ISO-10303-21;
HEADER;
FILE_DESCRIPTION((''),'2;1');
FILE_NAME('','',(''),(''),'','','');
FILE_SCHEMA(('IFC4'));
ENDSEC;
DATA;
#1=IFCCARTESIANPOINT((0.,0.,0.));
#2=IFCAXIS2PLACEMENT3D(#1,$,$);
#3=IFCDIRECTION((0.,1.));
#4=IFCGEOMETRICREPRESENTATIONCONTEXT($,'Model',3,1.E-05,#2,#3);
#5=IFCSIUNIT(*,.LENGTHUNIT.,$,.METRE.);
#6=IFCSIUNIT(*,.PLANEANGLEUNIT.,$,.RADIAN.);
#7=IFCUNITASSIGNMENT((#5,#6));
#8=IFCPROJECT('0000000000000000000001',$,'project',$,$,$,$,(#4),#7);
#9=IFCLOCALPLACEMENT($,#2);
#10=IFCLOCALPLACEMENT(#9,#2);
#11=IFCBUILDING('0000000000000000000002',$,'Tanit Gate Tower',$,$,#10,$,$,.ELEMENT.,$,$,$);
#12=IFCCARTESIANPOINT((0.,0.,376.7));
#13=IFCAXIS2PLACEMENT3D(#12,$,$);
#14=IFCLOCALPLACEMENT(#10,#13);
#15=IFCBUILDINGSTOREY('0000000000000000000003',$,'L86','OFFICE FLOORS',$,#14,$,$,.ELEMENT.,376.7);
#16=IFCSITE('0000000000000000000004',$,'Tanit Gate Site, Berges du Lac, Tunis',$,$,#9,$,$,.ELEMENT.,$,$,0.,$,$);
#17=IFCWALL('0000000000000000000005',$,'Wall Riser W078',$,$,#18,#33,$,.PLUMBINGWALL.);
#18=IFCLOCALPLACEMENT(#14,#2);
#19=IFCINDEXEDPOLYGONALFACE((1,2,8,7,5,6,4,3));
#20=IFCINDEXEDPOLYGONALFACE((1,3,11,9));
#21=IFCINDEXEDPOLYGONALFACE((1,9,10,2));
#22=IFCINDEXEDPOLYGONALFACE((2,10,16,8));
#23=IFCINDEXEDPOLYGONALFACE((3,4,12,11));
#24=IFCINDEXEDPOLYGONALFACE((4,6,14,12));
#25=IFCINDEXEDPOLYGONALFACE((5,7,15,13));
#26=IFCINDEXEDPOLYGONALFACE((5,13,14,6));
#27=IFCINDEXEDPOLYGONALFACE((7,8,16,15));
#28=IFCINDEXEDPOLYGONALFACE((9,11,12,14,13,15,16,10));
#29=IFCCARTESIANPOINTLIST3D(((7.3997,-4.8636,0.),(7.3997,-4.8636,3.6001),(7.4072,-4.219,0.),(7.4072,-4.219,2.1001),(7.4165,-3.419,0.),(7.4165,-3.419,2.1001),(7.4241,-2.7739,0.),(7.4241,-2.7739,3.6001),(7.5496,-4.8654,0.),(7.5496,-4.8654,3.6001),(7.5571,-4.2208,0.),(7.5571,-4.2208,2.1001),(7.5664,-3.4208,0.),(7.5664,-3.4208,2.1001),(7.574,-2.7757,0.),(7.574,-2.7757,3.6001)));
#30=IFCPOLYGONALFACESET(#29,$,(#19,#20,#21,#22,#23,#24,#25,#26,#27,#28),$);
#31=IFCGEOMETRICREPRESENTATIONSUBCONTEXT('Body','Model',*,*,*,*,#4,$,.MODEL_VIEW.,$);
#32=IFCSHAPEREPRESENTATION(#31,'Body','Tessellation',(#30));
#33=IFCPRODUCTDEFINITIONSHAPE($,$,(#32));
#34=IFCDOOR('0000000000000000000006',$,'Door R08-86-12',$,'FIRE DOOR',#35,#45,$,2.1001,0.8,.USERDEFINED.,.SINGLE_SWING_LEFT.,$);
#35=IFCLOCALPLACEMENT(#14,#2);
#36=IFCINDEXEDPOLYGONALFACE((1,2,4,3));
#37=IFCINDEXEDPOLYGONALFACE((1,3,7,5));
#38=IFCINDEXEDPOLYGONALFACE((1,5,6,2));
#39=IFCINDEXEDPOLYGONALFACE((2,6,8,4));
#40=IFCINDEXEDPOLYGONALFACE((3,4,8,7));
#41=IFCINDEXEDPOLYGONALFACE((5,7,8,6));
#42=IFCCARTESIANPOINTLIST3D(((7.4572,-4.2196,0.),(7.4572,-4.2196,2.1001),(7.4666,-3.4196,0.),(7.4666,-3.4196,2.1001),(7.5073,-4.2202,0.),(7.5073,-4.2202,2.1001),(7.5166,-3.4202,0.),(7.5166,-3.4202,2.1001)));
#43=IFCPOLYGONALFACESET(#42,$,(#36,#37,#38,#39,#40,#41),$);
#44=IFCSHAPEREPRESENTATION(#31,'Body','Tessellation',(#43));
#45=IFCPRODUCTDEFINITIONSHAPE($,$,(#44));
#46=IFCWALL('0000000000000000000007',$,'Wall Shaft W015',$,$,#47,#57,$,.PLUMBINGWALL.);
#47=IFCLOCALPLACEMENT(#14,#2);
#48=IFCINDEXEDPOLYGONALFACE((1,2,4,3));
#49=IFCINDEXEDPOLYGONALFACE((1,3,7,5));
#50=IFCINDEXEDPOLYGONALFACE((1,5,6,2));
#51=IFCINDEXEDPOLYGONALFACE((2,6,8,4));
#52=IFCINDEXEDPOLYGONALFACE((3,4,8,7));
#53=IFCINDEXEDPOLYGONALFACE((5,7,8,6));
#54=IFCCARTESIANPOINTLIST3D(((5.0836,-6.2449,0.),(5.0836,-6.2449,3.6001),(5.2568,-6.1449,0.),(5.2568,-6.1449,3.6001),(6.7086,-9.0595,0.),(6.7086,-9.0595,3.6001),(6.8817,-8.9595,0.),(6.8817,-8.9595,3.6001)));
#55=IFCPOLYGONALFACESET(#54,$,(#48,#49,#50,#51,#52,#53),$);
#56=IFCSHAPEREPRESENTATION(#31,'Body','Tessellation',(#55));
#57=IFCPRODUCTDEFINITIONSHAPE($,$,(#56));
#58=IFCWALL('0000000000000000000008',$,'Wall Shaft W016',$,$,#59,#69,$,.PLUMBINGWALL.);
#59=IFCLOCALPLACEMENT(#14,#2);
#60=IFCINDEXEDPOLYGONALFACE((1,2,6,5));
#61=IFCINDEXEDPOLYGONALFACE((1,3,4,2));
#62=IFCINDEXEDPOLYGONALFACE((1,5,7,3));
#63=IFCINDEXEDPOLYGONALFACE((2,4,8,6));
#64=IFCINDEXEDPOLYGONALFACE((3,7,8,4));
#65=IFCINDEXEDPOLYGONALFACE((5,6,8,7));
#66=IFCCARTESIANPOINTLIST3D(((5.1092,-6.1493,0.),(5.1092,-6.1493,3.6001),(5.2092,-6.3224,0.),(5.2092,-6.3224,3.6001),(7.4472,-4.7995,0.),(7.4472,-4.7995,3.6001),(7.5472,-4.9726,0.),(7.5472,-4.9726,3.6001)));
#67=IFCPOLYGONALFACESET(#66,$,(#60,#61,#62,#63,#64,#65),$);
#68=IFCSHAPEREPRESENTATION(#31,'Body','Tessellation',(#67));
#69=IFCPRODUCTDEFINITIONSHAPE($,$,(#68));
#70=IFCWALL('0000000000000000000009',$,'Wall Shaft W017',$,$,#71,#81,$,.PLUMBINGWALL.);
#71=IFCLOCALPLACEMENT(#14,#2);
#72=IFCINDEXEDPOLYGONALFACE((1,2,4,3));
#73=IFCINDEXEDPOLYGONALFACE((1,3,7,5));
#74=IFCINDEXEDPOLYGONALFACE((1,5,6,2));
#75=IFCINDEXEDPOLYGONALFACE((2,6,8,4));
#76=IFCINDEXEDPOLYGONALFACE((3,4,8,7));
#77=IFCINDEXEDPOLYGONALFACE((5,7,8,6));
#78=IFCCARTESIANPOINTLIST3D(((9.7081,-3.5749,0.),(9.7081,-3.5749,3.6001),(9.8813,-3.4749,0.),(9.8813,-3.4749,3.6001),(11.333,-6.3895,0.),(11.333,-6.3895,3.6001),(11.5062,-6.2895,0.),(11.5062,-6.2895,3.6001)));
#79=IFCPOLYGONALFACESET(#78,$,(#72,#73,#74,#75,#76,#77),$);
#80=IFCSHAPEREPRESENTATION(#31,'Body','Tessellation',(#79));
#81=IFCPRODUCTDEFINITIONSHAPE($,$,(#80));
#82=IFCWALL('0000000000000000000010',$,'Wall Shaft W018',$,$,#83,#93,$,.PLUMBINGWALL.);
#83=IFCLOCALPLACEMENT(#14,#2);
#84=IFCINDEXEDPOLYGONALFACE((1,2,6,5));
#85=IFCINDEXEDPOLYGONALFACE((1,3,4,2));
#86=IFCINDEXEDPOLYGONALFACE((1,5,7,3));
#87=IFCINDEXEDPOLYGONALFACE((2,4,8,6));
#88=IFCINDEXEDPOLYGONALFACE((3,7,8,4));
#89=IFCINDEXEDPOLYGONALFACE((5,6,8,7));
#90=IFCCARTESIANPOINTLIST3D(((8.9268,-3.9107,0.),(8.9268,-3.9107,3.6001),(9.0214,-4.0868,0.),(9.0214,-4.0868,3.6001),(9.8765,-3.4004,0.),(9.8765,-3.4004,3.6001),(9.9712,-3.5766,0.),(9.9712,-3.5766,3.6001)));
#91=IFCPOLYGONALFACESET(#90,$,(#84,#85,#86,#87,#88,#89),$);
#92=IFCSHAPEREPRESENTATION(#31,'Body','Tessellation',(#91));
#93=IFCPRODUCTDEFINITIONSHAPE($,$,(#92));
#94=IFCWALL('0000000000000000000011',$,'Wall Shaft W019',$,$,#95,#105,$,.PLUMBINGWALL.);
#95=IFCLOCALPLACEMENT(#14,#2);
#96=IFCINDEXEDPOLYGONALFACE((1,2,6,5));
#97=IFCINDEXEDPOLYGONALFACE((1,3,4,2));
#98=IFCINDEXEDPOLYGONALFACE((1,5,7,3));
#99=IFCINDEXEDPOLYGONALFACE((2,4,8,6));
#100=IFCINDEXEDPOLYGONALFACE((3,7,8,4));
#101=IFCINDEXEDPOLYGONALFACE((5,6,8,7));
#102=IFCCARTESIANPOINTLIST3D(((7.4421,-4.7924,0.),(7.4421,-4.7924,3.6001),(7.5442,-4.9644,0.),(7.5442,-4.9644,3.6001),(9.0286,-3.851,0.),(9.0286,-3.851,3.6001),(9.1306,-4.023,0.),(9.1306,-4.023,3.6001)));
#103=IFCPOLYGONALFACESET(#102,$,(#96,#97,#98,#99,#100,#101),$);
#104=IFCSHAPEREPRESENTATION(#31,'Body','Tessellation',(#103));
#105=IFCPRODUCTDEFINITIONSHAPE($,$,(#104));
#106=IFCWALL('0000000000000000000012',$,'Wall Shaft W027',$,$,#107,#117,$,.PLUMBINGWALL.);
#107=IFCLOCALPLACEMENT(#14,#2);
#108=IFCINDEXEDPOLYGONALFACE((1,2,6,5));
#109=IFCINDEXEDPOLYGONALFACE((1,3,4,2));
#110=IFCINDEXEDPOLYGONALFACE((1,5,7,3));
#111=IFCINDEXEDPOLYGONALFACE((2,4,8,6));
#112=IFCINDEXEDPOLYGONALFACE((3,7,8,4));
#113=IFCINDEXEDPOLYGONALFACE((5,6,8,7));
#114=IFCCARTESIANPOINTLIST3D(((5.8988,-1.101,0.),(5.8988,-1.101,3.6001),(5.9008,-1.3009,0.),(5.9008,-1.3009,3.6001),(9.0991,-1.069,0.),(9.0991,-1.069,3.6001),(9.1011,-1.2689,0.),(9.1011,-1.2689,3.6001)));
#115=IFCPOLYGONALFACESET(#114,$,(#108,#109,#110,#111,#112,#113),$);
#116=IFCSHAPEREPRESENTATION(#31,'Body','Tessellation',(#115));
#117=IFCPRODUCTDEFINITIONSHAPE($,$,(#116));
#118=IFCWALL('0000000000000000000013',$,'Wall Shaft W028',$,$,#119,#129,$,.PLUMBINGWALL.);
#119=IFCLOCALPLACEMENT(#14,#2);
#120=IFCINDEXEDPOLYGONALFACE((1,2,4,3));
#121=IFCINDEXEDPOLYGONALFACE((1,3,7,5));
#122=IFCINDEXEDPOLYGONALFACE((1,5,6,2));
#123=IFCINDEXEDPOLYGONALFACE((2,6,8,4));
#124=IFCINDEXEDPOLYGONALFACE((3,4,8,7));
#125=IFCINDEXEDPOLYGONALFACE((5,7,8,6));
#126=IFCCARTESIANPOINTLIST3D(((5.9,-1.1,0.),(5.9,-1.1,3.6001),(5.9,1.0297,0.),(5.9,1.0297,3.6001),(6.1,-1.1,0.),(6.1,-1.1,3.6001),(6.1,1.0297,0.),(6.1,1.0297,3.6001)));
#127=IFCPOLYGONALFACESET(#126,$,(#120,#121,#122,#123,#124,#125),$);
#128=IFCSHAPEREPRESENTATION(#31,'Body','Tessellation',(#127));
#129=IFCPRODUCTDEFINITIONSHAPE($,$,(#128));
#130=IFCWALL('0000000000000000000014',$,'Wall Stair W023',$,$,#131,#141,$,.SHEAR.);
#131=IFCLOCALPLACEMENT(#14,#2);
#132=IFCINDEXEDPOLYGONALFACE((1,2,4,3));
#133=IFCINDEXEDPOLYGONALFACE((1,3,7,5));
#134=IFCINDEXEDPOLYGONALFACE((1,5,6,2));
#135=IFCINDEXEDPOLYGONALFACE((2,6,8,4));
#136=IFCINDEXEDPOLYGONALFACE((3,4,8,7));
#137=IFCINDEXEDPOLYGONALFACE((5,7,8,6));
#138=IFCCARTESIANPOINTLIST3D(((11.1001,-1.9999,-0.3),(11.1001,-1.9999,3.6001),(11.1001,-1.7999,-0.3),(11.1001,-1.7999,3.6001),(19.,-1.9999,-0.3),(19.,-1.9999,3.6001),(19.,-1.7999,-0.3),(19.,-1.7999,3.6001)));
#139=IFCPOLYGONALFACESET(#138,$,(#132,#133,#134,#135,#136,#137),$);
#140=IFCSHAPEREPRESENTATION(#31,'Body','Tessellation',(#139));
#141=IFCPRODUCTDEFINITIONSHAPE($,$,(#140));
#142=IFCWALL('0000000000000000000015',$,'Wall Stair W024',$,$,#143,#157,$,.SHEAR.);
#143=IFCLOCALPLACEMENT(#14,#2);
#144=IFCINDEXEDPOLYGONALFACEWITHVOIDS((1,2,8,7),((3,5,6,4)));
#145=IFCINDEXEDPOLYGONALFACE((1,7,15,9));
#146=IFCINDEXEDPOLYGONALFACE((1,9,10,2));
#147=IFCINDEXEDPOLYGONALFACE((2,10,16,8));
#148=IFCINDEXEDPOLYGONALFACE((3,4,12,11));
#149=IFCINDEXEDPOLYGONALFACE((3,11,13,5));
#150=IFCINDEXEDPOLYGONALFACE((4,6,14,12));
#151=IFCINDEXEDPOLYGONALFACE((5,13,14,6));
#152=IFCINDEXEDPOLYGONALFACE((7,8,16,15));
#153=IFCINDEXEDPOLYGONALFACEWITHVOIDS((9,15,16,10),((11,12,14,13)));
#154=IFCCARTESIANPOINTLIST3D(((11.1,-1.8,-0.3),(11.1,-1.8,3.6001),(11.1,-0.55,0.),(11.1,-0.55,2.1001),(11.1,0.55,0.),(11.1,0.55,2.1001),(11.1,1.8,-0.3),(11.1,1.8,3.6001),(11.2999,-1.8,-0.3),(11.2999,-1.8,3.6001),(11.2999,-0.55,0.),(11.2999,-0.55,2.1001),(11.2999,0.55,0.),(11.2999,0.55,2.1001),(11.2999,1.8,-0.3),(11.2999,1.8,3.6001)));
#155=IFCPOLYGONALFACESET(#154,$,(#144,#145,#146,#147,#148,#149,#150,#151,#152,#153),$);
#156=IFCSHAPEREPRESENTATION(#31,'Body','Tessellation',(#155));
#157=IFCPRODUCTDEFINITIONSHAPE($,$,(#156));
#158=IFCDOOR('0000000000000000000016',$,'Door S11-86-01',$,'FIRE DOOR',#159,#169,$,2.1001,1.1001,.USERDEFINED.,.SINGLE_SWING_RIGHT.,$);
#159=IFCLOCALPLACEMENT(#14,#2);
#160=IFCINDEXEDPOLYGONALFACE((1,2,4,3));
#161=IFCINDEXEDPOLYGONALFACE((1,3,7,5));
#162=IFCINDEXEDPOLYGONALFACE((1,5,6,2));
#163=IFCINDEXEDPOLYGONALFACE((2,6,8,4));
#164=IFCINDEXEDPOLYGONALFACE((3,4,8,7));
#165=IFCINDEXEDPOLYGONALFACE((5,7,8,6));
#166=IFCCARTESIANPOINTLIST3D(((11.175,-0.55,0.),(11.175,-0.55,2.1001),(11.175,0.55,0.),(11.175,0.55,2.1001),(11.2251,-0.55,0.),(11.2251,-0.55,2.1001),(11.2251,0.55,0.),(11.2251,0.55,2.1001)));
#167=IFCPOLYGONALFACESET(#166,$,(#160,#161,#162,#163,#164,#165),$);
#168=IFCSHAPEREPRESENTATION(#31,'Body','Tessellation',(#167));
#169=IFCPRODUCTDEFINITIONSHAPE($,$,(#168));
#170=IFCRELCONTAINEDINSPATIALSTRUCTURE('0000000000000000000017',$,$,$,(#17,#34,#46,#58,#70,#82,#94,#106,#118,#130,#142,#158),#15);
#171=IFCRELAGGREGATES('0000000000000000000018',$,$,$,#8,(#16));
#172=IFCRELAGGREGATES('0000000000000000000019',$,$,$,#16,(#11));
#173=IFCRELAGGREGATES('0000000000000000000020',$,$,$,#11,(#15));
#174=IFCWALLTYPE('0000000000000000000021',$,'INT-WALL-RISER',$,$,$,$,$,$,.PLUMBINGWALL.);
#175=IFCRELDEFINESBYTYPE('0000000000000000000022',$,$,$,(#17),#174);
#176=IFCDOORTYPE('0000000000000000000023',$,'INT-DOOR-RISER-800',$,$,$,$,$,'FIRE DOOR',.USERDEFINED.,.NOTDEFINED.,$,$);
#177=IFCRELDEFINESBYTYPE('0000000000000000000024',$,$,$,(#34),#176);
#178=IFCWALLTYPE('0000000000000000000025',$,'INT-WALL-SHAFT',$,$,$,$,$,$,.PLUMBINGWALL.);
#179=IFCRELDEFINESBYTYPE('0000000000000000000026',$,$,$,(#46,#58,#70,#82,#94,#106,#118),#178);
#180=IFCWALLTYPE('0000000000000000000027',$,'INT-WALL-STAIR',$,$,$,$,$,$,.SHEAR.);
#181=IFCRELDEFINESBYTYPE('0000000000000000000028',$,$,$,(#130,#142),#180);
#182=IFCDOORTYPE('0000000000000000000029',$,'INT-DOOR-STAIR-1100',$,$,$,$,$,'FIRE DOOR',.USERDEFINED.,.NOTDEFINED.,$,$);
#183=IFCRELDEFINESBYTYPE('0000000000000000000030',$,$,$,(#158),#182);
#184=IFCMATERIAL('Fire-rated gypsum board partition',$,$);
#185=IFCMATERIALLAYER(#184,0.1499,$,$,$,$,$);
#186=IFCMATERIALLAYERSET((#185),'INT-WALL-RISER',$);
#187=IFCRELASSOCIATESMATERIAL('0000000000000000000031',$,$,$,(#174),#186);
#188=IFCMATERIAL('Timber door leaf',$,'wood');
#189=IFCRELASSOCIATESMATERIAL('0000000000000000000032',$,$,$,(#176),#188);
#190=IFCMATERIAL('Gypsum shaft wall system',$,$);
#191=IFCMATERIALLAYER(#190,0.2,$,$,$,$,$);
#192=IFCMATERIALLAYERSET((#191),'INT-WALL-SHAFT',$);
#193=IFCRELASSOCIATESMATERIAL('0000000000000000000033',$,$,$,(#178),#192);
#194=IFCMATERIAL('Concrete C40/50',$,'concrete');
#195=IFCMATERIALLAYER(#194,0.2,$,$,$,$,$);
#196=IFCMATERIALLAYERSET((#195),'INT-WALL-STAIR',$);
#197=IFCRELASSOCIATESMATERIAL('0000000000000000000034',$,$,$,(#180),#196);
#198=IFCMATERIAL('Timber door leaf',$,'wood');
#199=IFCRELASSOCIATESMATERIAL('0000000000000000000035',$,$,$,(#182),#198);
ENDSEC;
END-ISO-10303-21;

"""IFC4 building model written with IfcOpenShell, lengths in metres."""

from ifc_helpers import new_model, si_unit, direction, frame, frame_2d, origin, place, context, subcontext, project, spatial, rectangle, extrude, material, layer, layer_set, type_object, element, fill, save


model = new_model("IFC4")

# Units and contexts
model_context = context("Model", 3, precision=1e-05, world=origin(), true_north=direction((0.0, 1.0)))
body_context = subcontext(model_context, "Body", "Model", "MODEL_VIEW")
ifc_project = project(units=[si_unit("LENGTHUNIT", "METRE"), si_unit("PLANEANGLEUNIT", "RADIAN")], contexts=[model_context])

# Site, building, storey
site_placement = place(None, origin())
site = spatial("IfcSite", under=ifc_project, at=site_placement, Name="Tanit Gate Site, Berges du Lac, Tunis", CompositionType="ELEMENT", RefElevation=0.0)
building_placement = place(site_placement, origin())
building = spatial("IfcBuilding", under=site, at=building_placement, Name="Tanit Gate Tower", CompositionType="ELEMENT")
storey_placement = place(building_placement, frame((0.0, 0.0, 376.7)))
storey = spatial("IfcBuildingStorey", under=building, at=storey_placement, Name="L86", Description="OFFICE FLOORS", CompositionType="ELEMENT", Elevation=376.7)

# Shared definitions
ifc_material_1 = material(Name="Fire-rated gypsum board partition")
ifc_layer_1 = layer(ifc_material_1, 0.1499)
ifc_layer_set_1 = layer_set([ifc_layer_1], Name="INT-WALL-RISER")
wall_type_1 = type_object("IfcWallType", Name="INT-WALL-RISER", PredefinedType="PLUMBINGWALL", material=ifc_layer_set_1)

# Shared definitions
ifc_material_2 = material(Name="Timber door leaf", Category="wood")
door_type_1 = type_object("IfcDoorType", Name="INT-DOOR-RISER-800", ElementType="FIRE DOOR", OperationType="NOTDEFINED", PredefinedType="USERDEFINED", material=ifc_material_2)

# Wall, opening, door
wall_1_placement = place(storey_placement, frame((7.4746, -4.8645, 0.0), z_axis=(0.0, 0.0, 1.0), x_axis=(0.011683, 0.999932, 0.0)))
wall_1 = element("IfcWall", 1, at=wall_1_placement, inside=storey, type_object=wall_type_1, Name="Wall Riser W078", PredefinedType="PLUMBINGWALL", context=body_context, shape_type="SweptSolid", body=[
    extrude(rectangle(XDim=2.0898, YDim=0.1499, at=frame_2d((1.0449, 0.0))), origin(), (0.0, 0.0, 1.0), 3.6001),
])
opening_1_placement = place(wall_1_placement, frame((0.6448, 0.0, 0.0)))
opening_1 = element("IfcOpeningElement", 2, at=opening_1_placement, cuts=wall_1, PredefinedType="OPENING", context=body_context, shape_type="SweptSolid", body=[
    extrude(rectangle(XDim=0.8, YDim=2.1001, at=frame_2d((0.3999, 1.05))), frame((0.0, 0.085, 0.0), z_axis=(0.0, -1.0, 0.0), x_axis=(1.0, 0.0, 0.0)), (0.0, 0.0, 1.0), 0.1699),
])
door_1_placement = place(opening_1_placement, origin())
door_1 = element("IfcDoor", 3, at=door_1_placement, inside=storey, type_object=door_type_1, Name="Door R08-86-12", ObjectType="FIRE DOOR", OperationType="SINGLE_SWING_LEFT", OverallHeight=2.1001, OverallWidth=0.8, PredefinedType="USERDEFINED", context=body_context, shape_type="SweptSolid", body=[
    extrude(rectangle(XDim=0.8, YDim=2.1001, at=frame_2d((0.3999, 1.05))), frame((0.0, 0.0249, 0.0), z_axis=(0.0, -1.0, 0.0), x_axis=(1.0, 0.0, 0.0)), (0.0, 0.0, 1.0), 0.05),
])
fill(opening_1, door_1)

# Walls
ifc_material_3 = material(Name="Gypsum shaft wall system")
ifc_layer_2 = layer(ifc_material_3, 0.2)
ifc_layer_set_2 = layer_set([ifc_layer_2], Name="INT-WALL-SHAFT")
wall_type_2 = type_object("IfcWallType", Name="INT-WALL-SHAFT", PredefinedType="PLUMBINGWALL", material=ifc_layer_set_2)
wall_2_placement = place(storey_placement, frame((6.7952, -9.0095, 0.0), z_axis=(0.0, 0.0, 1.0), x_axis=(-0.499985, 0.866034, 0.0)))
element("IfcWall", 4, at=wall_2_placement, inside=storey, type_object=wall_type_2, Name="Wall Shaft W015", PredefinedType="PLUMBINGWALL", context=body_context, shape_type="SweptSolid", body=[
    extrude(rectangle(XDim=3.25, YDim=0.2, at=frame_2d((1.625, 0.0))), origin(), (0.0, 0.0, 1.0), 3.6001),
])
wall_3_placement = place(storey_placement, frame((5.1592, -6.2358, 0.0), z_axis=(0.0, 0.0, 1.0), x_axis=(0.866037, 0.499981, 0.0)))
element("IfcWall", 5, at=wall_3_placement, inside=storey, type_object=wall_type_2, Name="Wall Shaft W016", PredefinedType="PLUMBINGWALL", context=body_context, shape_type="SweptSolid", body=[
    extrude(rectangle(XDim=2.6997, YDim=0.2, at=frame_2d((1.3499, 0.0))), origin(), (0.0, 0.0, 1.0), 3.6001),
])
wall_4_placement = place(storey_placement, frame((9.7947, -3.5249, 0.0), z_axis=(0.0, 0.0, 1.0), x_axis=(0.499985, -0.866034, 0.0)))
element("IfcWall", 6, at=wall_4_placement, inside=storey, type_object=wall_type_2, Name="Wall Shaft W017", PredefinedType="PLUMBINGWALL", context=body_context, shape_type="SweptSolid", body=[
    extrude(rectangle(XDim=3.25, YDim=0.2, at=frame_2d((1.625, 0.0))), origin(), (0.0, 0.0, 1.0), 3.6001),
])
wall_5_placement = place(storey_placement, frame((8.9741, -3.9988, 0.0), z_axis=(0.0, 0.0, 1.0), x_axis=(0.880907, 0.473289, 0.0)))
element("IfcWall", 7, at=wall_5_placement, inside=storey, type_object=wall_type_2, Name="Wall Shaft W018", PredefinedType="PLUMBINGWALL", context=body_context, shape_type="SweptSolid", body=[
    extrude(rectangle(XDim=1.0781, YDim=0.2, at=frame_2d((0.5391, 0.0))), origin(), (0.0, 0.0, 1.0), 3.6001),
])
wall_6_placement = place(storey_placement, frame((7.4932, -4.8784, 0.0), z_axis=(0.0, 0.0, 1.0), x_axis=(0.859982, 0.510325, 0.0)))
element("IfcWall", 8, at=wall_6_placement, inside=storey, type_object=wall_type_2, Name="Wall Shaft W019", PredefinedType="PLUMBINGWALL", context=body_context, shape_type="SweptSolid", body=[
    extrude(rectangle(XDim=1.8447, YDim=0.2, at=frame_2d((0.9224, 0.0))), origin(), (0.0, 0.0, 1.0), 3.6001),
])
wall_7_placement = place(storey_placement, frame((5.8999, -1.2009, 0.0), z_axis=(0.0, 0.0, 1.0), x_axis=(0.99995, 0.009993, 0.0)))
element("IfcWall", 9, at=wall_7_placement, inside=storey, type_object=wall_type_2, Name="Wall Shaft W027", PredefinedType="PLUMBINGWALL", context=body_context, shape_type="SweptSolid", body=[
    extrude(rectangle(XDim=3.2004, YDim=0.2, at=frame_2d((1.6001, 0.0))), origin(), (0.0, 0.0, 1.0), 3.6001),
])
wall_8_placement = place(storey_placement, frame((6.0, -1.1001, 0.0), z_axis=(0.0, 0.0, 1.0), x_axis=(0.0, 1.0, 0.0)))
element("IfcWall", 10, at=wall_8_placement, inside=storey, type_object=wall_type_2, Name="Wall Shaft W028", PredefinedType="PLUMBINGWALL", context=body_context, shape_type="SweptSolid", body=[
    extrude(rectangle(XDim=2.1296, YDim=0.2, at=frame_2d((1.0649, 0.0))), origin(), (0.0, 0.0, 1.0), 3.6001),
])
ifc_material_4 = material(Name="Concrete C40/50", Category="concrete")
ifc_layer_3 = layer(ifc_material_4, 0.2)
ifc_layer_set_3 = layer_set([ifc_layer_3], Name="INT-WALL-STAIR")
wall_type_3 = type_object("IfcWallType", Name="INT-WALL-STAIR", PredefinedType="SHEAR", material=ifc_layer_set_3)
wall_9_placement = place(storey_placement, frame((11.1001, -1.8999, -0.3), z_axis=(0.0, 0.0, 1.0), x_axis=(1.0, 0.0, 0.0)))
element("IfcWall", 11, at=wall_9_placement, inside=storey, type_object=wall_type_3, Name="Wall Stair W023", PredefinedType="SHEAR", context=body_context, shape_type="SweptSolid", body=[
    extrude(rectangle(XDim=7.8999, YDim=0.2, at=frame_2d((3.95, 0.0))), origin(), (0.0, 0.0, 1.0), 3.9001),
])

# Wall, opening, door
wall_10_placement = place(storey_placement, frame((11.2, -1.8, -0.3), z_axis=(0.0, 0.0, 1.0), x_axis=(0.0, 1.0, 0.0)))
wall_10 = element("IfcWall", 12, at=wall_10_placement, inside=storey, type_object=wall_type_3, Name="Wall Stair W024", PredefinedType="SHEAR", context=body_context, shape_type="SweptSolid", body=[
    extrude(rectangle(XDim=3.6001, YDim=0.2, at=frame_2d((1.8, 0.0))), origin(), (0.0, 0.0, 1.0), 3.9001),
])
opening_2_placement = place(wall_10_placement, frame((1.25, 0.0, 0.3)))
opening_2 = element("IfcOpeningElement", 13, at=opening_2_placement, cuts=wall_10, PredefinedType="OPENING", context=body_context, shape_type="SweptSolid", body=[
    extrude(rectangle(XDim=1.1001, YDim=2.1001, at=frame_2d((0.55, 1.05))), frame((0.0, 0.1099, 0.0), z_axis=(0.0, -1.0, 0.0), x_axis=(1.0, 0.0, 0.0)), (0.0, 0.0, 1.0), 0.22),
])
ifc_material_5 = material(Name="Timber door leaf", Category="wood")
door_type_2 = type_object("IfcDoorType", Name="INT-DOOR-STAIR-1100", ElementType="FIRE DOOR", OperationType="NOTDEFINED", PredefinedType="USERDEFINED", material=ifc_material_5)
door_2_placement = place(opening_2_placement, origin())
door_2 = element("IfcDoor", 14, at=door_2_placement, inside=storey, type_object=door_type_2, Name="Door S11-86-01", ObjectType="FIRE DOOR", OperationType="SINGLE_SWING_RIGHT", OverallHeight=2.1001, OverallWidth=1.1001, PredefinedType="USERDEFINED", context=body_context, shape_type="SweptSolid", body=[
    extrude(rectangle(XDim=1.1001, YDim=2.1001, at=frame_2d((0.55, 1.05))), frame((0.0, 0.0249, 0.0), z_axis=(0.0, -1.0, 0.0), x_axis=(1.0, 0.0, 0.0)), (0.0, 0.0, 1.0), 0.05),
])
fill(opening_2, door_2)

save(model, "model.ifc")
